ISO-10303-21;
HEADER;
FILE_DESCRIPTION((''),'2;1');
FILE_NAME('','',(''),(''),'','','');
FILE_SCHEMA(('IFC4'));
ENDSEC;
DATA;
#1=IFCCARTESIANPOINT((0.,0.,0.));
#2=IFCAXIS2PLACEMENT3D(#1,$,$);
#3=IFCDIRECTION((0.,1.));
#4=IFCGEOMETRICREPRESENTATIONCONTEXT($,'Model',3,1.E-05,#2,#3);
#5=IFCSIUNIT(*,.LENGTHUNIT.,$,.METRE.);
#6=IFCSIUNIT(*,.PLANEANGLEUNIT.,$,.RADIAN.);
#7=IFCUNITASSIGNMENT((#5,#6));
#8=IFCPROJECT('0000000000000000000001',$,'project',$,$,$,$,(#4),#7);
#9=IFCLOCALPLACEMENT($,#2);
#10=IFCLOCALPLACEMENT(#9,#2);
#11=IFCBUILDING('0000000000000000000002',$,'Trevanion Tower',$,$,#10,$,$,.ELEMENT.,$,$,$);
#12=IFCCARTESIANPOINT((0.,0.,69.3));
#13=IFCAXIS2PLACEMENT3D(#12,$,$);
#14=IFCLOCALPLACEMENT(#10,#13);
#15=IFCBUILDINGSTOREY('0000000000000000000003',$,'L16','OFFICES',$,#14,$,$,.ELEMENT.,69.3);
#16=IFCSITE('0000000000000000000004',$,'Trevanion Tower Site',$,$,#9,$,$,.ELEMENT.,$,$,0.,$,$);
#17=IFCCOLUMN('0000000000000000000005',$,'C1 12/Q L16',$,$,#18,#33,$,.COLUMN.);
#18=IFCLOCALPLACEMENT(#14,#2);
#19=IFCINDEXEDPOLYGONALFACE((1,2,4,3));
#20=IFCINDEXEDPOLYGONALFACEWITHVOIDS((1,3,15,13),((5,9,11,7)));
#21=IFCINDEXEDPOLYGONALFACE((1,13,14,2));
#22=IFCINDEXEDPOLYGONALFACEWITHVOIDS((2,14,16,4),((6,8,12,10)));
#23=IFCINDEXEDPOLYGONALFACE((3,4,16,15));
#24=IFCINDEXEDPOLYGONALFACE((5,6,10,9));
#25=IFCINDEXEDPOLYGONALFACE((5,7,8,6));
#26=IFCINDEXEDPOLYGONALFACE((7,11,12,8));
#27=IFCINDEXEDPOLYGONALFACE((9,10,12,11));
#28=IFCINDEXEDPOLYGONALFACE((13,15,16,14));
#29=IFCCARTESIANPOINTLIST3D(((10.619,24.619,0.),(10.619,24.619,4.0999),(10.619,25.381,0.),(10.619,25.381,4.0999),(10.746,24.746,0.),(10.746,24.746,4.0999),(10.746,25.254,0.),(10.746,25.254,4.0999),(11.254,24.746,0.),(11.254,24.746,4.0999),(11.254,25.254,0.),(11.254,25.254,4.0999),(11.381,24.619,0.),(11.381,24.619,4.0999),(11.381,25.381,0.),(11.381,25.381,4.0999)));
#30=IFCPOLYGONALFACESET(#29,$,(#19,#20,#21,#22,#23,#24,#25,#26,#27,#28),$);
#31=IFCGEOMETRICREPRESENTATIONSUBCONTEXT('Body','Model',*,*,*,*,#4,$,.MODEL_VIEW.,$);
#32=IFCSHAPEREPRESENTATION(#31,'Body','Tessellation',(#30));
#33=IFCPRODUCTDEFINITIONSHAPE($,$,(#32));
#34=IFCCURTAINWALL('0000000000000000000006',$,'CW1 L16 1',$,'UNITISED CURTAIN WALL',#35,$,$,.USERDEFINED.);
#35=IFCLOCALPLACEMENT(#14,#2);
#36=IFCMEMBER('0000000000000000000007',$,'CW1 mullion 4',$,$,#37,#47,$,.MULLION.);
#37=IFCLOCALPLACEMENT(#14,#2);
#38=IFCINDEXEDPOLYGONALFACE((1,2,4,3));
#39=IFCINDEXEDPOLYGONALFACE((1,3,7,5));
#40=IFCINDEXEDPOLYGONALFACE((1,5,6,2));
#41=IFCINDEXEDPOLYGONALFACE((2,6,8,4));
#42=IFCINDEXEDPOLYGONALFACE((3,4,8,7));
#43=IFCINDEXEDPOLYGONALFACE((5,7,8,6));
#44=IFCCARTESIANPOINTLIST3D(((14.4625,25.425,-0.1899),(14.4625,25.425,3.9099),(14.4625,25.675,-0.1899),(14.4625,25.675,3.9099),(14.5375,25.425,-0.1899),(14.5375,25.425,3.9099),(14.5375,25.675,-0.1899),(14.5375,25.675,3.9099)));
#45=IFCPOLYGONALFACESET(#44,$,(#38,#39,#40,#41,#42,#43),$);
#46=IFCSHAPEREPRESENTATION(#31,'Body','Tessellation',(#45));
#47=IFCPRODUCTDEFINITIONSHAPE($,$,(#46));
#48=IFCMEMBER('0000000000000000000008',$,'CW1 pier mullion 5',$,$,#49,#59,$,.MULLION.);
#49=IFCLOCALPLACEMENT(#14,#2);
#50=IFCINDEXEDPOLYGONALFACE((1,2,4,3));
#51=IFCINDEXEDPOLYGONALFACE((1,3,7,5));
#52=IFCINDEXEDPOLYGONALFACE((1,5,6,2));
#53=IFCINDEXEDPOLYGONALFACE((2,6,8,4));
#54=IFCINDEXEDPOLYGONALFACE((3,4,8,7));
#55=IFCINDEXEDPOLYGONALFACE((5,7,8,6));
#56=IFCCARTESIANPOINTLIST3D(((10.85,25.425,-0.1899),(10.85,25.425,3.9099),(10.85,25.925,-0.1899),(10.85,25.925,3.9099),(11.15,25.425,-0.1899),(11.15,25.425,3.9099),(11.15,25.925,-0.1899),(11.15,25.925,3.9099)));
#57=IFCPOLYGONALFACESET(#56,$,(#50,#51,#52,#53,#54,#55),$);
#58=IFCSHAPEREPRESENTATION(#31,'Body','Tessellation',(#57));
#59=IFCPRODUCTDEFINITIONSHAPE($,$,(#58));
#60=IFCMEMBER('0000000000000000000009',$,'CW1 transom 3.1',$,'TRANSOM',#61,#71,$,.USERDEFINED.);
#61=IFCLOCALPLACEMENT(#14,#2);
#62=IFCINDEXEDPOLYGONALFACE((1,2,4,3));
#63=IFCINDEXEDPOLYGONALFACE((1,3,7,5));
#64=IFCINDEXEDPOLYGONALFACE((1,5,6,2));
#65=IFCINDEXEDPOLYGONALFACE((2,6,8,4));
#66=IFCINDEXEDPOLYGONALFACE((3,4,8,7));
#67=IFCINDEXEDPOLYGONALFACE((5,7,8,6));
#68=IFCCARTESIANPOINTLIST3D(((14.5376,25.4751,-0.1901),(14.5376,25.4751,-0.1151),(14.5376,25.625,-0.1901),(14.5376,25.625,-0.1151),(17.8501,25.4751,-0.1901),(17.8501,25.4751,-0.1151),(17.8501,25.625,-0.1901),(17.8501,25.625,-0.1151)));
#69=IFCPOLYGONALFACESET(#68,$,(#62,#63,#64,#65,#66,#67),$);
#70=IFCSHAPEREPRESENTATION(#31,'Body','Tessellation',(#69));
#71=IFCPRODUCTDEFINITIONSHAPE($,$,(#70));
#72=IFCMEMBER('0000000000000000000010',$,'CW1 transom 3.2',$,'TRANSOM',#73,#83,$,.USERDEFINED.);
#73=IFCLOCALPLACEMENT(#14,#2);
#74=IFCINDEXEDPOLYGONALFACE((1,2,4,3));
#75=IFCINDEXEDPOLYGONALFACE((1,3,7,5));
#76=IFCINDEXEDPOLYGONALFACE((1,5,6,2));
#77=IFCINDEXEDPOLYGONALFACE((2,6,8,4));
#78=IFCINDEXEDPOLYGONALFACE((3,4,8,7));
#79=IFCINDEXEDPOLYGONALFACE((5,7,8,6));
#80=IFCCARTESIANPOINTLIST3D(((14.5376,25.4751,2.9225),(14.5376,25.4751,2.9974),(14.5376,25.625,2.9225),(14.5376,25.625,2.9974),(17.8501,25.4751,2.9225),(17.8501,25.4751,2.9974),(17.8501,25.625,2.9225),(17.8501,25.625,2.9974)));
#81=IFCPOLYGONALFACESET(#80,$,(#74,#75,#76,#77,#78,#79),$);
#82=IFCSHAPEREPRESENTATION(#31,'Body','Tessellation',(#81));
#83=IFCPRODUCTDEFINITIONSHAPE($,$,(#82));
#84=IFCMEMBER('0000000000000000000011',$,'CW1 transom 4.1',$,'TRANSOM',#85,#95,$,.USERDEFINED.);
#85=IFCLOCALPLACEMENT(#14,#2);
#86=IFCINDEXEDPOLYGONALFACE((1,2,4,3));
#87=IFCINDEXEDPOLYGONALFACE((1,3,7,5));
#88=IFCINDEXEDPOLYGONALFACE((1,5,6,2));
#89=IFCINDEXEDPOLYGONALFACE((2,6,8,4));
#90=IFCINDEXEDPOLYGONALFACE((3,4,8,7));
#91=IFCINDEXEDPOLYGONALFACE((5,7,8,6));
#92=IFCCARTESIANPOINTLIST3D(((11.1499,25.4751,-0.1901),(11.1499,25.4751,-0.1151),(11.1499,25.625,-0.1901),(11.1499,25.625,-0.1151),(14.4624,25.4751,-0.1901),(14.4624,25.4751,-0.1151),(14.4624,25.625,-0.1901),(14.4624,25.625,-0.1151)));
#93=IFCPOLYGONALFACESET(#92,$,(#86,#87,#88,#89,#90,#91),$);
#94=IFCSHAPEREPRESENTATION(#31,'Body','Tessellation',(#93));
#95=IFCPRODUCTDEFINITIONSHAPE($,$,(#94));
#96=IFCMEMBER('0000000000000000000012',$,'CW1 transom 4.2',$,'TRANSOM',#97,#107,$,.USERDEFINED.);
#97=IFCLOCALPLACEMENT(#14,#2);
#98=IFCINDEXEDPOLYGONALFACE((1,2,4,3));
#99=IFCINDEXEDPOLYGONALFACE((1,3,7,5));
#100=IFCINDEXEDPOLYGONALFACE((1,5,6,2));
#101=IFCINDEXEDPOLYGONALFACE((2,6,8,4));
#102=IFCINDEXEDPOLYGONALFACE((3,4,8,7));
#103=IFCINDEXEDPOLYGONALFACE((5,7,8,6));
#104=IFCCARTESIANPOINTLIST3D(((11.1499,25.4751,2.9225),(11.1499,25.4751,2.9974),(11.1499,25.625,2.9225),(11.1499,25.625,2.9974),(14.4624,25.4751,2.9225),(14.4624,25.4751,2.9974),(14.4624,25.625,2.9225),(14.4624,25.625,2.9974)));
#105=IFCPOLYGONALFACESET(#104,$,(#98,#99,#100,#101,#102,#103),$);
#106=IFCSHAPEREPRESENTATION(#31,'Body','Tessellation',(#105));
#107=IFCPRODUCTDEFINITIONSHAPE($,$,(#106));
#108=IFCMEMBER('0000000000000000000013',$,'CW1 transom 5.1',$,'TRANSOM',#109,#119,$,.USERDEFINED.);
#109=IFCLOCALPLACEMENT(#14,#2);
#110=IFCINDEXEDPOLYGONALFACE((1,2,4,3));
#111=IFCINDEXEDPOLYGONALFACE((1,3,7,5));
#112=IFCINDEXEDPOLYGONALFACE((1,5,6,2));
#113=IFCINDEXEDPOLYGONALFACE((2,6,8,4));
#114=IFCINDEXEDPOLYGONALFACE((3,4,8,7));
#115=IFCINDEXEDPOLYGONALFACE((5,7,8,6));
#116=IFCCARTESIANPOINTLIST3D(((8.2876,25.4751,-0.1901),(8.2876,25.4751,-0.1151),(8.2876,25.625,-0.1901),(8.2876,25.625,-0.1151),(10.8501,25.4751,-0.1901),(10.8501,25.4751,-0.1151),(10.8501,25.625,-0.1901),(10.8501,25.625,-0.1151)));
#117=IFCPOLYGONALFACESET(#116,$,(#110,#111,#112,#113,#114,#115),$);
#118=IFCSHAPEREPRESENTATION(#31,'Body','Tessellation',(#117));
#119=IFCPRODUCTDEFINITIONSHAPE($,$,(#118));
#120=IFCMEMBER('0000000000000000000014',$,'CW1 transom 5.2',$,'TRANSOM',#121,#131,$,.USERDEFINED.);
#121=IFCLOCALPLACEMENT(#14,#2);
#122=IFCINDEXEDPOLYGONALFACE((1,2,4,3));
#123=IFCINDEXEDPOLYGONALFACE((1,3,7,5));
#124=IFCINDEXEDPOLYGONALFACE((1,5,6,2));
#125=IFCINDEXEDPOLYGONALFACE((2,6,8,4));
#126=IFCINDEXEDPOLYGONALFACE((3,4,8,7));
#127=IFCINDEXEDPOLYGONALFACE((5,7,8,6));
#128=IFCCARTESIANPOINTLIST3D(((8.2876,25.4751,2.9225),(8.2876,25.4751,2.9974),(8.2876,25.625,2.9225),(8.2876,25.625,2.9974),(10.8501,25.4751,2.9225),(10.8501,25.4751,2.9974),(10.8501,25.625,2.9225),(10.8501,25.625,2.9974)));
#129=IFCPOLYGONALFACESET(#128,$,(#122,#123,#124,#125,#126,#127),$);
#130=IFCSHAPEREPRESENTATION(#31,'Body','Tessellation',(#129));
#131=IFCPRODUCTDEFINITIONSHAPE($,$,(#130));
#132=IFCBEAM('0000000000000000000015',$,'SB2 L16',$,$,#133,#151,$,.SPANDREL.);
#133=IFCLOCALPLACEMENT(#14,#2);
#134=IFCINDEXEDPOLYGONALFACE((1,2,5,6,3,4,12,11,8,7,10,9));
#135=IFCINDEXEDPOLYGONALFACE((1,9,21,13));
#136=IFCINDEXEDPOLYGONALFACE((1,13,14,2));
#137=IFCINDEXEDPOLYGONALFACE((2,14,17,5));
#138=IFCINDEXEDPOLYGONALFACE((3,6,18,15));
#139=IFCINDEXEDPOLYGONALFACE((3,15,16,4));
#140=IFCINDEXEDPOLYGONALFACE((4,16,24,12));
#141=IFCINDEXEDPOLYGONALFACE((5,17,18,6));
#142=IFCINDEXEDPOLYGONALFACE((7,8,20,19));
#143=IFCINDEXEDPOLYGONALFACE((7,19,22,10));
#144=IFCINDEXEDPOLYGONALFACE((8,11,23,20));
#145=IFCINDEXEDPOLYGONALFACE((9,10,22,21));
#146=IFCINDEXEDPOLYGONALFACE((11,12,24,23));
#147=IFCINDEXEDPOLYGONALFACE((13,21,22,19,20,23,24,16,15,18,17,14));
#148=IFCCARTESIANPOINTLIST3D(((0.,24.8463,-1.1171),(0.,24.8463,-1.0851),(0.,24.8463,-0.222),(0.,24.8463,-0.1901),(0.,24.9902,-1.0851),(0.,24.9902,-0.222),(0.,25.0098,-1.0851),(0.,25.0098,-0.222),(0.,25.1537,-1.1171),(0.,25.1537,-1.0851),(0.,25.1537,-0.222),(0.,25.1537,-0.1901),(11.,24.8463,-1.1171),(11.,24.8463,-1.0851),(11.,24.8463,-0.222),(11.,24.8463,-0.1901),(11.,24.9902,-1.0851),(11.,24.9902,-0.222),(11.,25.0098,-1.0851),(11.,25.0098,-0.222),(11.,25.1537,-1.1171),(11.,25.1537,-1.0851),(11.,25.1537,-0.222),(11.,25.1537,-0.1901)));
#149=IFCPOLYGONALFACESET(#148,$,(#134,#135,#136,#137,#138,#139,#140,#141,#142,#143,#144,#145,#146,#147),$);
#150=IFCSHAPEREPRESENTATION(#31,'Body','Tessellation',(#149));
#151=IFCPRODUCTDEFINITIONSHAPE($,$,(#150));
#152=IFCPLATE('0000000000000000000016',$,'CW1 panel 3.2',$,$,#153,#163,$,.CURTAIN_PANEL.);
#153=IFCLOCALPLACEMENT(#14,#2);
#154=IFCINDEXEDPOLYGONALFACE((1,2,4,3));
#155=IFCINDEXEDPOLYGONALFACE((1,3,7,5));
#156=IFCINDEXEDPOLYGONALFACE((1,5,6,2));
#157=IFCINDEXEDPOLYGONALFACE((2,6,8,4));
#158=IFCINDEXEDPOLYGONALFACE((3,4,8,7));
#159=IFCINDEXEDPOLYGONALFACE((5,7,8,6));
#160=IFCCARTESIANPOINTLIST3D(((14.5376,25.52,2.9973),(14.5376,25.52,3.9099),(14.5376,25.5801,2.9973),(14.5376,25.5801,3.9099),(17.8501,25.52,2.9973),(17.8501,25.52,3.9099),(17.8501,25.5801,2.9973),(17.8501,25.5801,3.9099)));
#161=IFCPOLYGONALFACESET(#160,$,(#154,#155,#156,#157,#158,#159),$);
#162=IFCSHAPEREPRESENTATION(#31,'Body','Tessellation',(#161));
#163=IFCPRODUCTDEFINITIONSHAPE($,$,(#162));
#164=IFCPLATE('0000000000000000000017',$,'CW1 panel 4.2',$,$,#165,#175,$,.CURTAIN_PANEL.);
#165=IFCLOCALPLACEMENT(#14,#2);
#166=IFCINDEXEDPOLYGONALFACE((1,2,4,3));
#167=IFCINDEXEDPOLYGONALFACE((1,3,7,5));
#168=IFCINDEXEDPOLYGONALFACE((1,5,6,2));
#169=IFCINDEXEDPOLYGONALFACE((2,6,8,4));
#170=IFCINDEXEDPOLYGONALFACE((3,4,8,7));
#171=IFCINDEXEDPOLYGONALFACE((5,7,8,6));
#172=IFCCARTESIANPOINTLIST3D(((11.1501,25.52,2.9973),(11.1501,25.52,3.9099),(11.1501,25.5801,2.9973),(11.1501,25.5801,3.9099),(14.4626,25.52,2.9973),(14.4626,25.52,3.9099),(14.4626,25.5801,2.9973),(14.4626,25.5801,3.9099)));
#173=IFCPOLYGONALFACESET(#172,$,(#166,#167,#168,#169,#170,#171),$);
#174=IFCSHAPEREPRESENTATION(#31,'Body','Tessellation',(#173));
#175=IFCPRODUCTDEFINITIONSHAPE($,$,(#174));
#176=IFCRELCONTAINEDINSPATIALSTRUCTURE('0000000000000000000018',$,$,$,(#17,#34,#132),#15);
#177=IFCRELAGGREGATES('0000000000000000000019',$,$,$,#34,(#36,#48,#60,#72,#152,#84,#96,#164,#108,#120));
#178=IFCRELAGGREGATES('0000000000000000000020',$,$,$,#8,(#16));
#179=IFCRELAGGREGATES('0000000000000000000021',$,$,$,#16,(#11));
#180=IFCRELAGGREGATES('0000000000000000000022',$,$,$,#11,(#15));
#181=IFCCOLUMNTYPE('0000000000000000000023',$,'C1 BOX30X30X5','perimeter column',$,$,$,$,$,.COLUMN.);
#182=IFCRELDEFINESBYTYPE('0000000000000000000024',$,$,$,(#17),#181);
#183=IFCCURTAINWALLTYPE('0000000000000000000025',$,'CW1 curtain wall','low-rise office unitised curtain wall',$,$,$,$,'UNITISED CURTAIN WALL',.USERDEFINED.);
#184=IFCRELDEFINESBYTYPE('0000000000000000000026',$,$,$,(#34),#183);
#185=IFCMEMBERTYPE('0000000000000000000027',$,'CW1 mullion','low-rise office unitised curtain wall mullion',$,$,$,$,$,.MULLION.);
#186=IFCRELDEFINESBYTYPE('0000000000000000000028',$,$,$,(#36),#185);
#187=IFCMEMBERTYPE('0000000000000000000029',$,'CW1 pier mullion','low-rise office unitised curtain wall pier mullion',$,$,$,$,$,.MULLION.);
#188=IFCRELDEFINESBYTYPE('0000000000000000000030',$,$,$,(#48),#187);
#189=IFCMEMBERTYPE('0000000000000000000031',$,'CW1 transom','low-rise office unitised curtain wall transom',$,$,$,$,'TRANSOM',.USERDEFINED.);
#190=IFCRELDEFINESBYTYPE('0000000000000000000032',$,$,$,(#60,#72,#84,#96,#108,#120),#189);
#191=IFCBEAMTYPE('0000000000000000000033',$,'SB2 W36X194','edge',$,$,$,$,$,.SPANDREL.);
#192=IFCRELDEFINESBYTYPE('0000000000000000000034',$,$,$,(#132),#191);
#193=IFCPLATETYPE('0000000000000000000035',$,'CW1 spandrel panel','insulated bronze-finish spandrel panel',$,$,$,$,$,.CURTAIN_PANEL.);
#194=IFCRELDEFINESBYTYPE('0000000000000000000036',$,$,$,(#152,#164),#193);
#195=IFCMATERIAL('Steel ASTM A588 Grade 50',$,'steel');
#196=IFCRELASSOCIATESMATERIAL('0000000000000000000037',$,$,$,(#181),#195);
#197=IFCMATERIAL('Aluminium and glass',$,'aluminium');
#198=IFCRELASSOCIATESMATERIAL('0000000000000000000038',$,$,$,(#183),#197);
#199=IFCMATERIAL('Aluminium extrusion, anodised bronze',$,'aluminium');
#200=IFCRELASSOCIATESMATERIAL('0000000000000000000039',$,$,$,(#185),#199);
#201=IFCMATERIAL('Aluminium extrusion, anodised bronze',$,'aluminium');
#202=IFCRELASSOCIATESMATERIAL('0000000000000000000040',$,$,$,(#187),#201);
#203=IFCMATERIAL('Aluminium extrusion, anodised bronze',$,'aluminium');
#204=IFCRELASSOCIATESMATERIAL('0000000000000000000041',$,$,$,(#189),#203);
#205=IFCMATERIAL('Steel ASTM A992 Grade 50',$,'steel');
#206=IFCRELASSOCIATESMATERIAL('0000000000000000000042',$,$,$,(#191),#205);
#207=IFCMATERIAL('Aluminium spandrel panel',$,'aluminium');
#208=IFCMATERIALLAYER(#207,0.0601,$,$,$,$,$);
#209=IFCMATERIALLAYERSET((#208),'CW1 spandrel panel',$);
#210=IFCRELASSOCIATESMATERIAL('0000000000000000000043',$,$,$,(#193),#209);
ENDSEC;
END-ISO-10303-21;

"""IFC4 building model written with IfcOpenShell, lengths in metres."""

from ifc_helpers import new_model, si_unit, direction, frame, origin, origin_2d, place, context, subcontext, project, spatial, rectangle, hollow_rectangle, i_section, extrude, material, layer, layer_set, material_profile, profile_set, type_object, element, aggregate, save


model = new_model("IFC4")

# Units and contexts
model_context = context("Model", 3, precision=1e-05, world=origin(), true_north=direction((0.0, 1.0)))
body_context = subcontext(model_context, "Body", "Model", "MODEL_VIEW")
ifc_project = project(units=[si_unit("LENGTHUNIT", "METRE"), si_unit("PLANEANGLEUNIT", "RADIAN")], contexts=[model_context])

# Site, building, storey
site_placement = place(None, origin())
site = spatial("IfcSite", under=ifc_project, at=site_placement, Name="Trevanion Tower Site", CompositionType="ELEMENT", RefElevation=0.0)
building_placement = place(site_placement, origin())
building = spatial("IfcBuilding", under=site, at=building_placement, Name="Trevanion Tower", CompositionType="ELEMENT")
storey_placement = place(building_placement, frame((0.0, 0.0, 69.3)))
storey = spatial("IfcBuildingStorey", under=building, at=storey_placement, Name="L16", Description="OFFICES", CompositionType="ELEMENT", Elevation=69.3)

# Column
ifc_material_1 = material(Name="Steel ASTM A588 Grade 50", Category="steel")
ifc_material_profile_1 = material_profile(ifc_material_1, hollow_rectangle(XDim=0.762, YDim=0.762, WallThickness=0.127, at=origin_2d()), Name="BOX30X30X5")
ifc_profile_set_1 = profile_set([ifc_material_profile_1], Name="Steel ASTM A588 Grade 50")
column_type = type_object("IfcColumnType", Name="C1 BOX30X30X5", Description="perimeter column", PredefinedType="COLUMN", material=ifc_profile_set_1)
column_placement = place(storey_placement, frame((11.0, 25.0, 0.0), z_axis=(0.0, 0.0, 1.0), x_axis=(1.0, 0.0, 0.0)))
element("IfcColumn", 1, at=column_placement, inside=storey, type_object=column_type, Name="C1 12/Q L16", PredefinedType="COLUMN", context=body_context, shape_type="SweptSolid", body=[
    extrude(hollow_rectangle(XDim=0.762, YDim=0.762, WallThickness=0.127, at=origin_2d()), origin(), (0.0, 0.0, 1.0), 4.0999),
])

# Curtain wall, members
ifc_material_2 = material(Name="Aluminium and glass", Category="aluminium")
curtain_wall_type = type_object("IfcCurtainWallType", Name="CW1 curtain wall", Description="low-rise office unitised curtain wall", ElementType="UNITISED CURTAIN WALL", PredefinedType="USERDEFINED", material=ifc_material_2)
curtain_wall_placement = place(storey_placement, origin())
curtain_wall = element("IfcCurtainWall", 2, at=curtain_wall_placement, inside=storey, type_object=curtain_wall_type, Name="CW1 L16 1", ObjectType="UNITISED CURTAIN WALL", PredefinedType="USERDEFINED")
ifc_material_3 = material(Name="Aluminium extrusion, anodised bronze", Category="aluminium")
ifc_material_profile_2 = material_profile(ifc_material_3, rectangle(XDim=0.075, YDim=0.25, at=origin_2d()), Name="CW1 mullion")
ifc_profile_set_2 = profile_set([ifc_material_profile_2], Name="Aluminium extrusion, anodised bronze")
member_type_1 = type_object("IfcMemberType", Name="CW1 mullion", Description="low-rise office unitised curtain wall mullion", PredefinedType="MULLION", material=ifc_profile_set_2)
member_1_placement = place(storey_placement, frame((14.5, 25.55, -0.1899), z_axis=(0.0, 0.0, 1.0), x_axis=(-1.0, 0.0, 0.0)))
member_1 = element("IfcMember", 3, at=member_1_placement, type_object=member_type_1, Name="CW1 mullion 4", PredefinedType="MULLION", context=body_context, shape_type="SweptSolid", body=[
    extrude(rectangle(XDim=0.075, YDim=0.25, at=origin_2d()), origin(), (0.0, 0.0, 1.0), 4.0999),
])
ifc_material_4 = material(Name="Aluminium extrusion, anodised bronze", Category="aluminium")
ifc_material_profile_3 = material_profile(ifc_material_4, rectangle(XDim=0.3, YDim=0.5, at=origin_2d()), Name="CW1 pier mullion")
ifc_profile_set_3 = profile_set([ifc_material_profile_3], Name="Aluminium extrusion, anodised bronze")
member_type_2 = type_object("IfcMemberType", Name="CW1 pier mullion", Description="low-rise office unitised curtain wall pier mullion", PredefinedType="MULLION", material=ifc_profile_set_3)
member_2_placement = place(storey_placement, frame((11.0, 25.675, -0.1899), z_axis=(0.0, 0.0, 1.0), x_axis=(-1.0, 0.0, 0.0)))
member_2 = element("IfcMember", 4, at=member_2_placement, type_object=member_type_2, Name="CW1 pier mullion 5", PredefinedType="MULLION", context=body_context, shape_type="SweptSolid", body=[
    extrude(rectangle(XDim=0.3, YDim=0.5, at=origin_2d()), origin(), (0.0, 0.0, 1.0), 4.0999),
])
ifc_material_5 = material(Name="Aluminium extrusion, anodised bronze", Category="aluminium")
ifc_material_profile_4 = material_profile(ifc_material_5, rectangle(XDim=0.1499, YDim=0.075, at=origin_2d()), Name="CW1 transom")
ifc_profile_set_4 = profile_set([ifc_material_profile_4], Name="Aluminium extrusion, anodised bronze")
member_type_3 = type_object("IfcMemberType", Name="CW1 transom", Description="low-rise office unitised curtain wall transom", ElementType="TRANSOM", PredefinedType="USERDEFINED", material=ifc_profile_set_4)
member_3_placement = place(storey_placement, frame((17.8501, 25.55, -0.1526), z_axis=(-1.0, 0.0, 0.0), x_axis=(0.0, -1.0, 0.0)))
member_3 = element("IfcMember", 5, at=member_3_placement, type_object=member_type_3, Name="CW1 transom 3.1", ObjectType="TRANSOM", PredefinedType="USERDEFINED", context=body_context, shape_type="SweptSolid", body=[
    extrude(rectangle(XDim=0.1499, YDim=0.075, at=origin_2d()), origin(), (0.0, 0.0, 1.0), 3.3125),
])
member_4_placement = place(storey_placement, frame((17.8501, 25.55, 2.96), z_axis=(-1.0, 0.0, 0.0), x_axis=(0.0, -1.0, 0.0)))
member_4 = element("IfcMember", 6, at=member_4_placement, type_object=member_type_3, Name="CW1 transom 3.2", ObjectType="TRANSOM", PredefinedType="USERDEFINED", context=body_context, shape_type="SweptSolid", body=[
    extrude(rectangle(XDim=0.1499, YDim=0.075, at=origin_2d()), origin(), (0.0, 0.0, 1.0), 3.3125),
])
member_5_placement = place(storey_placement, frame((14.4624, 25.55, -0.1526), z_axis=(-1.0, 0.0, 0.0), x_axis=(0.0, -1.0, 0.0)))
member_5 = element("IfcMember", 7, at=member_5_placement, type_object=member_type_3, Name="CW1 transom 4.1", ObjectType="TRANSOM", PredefinedType="USERDEFINED", context=body_context, shape_type="SweptSolid", body=[
    extrude(rectangle(XDim=0.1499, YDim=0.075, at=origin_2d()), origin(), (0.0, 0.0, 1.0), 3.3125),
])
member_6_placement = place(storey_placement, frame((14.4624, 25.55, 2.96), z_axis=(-1.0, 0.0, 0.0), x_axis=(0.0, -1.0, 0.0)))
member_6 = element("IfcMember", 8, at=member_6_placement, type_object=member_type_3, Name="CW1 transom 4.2", ObjectType="TRANSOM", PredefinedType="USERDEFINED", context=body_context, shape_type="SweptSolid", body=[
    extrude(rectangle(XDim=0.1499, YDim=0.075, at=origin_2d()), origin(), (0.0, 0.0, 1.0), 3.3125),
])
member_7_placement = place(storey_placement, frame((10.8501, 25.55, -0.1526), z_axis=(-1.0, 0.0, 0.0), x_axis=(0.0, -1.0, 0.0)))
member_7 = element("IfcMember", 9, at=member_7_placement, type_object=member_type_3, Name="CW1 transom 5.1", ObjectType="TRANSOM", PredefinedType="USERDEFINED", context=body_context, shape_type="SweptSolid", body=[
    extrude(rectangle(XDim=0.1499, YDim=0.075, at=origin_2d()), origin(), (0.0, 0.0, 1.0), 2.5625),
])
member_8_placement = place(storey_placement, frame((10.8501, 25.55, 2.96), z_axis=(-1.0, 0.0, 0.0), x_axis=(0.0, -1.0, 0.0)))
member_8 = element("IfcMember", 10, at=member_8_placement, type_object=member_type_3, Name="CW1 transom 5.2", ObjectType="TRANSOM", PredefinedType="USERDEFINED", context=body_context, shape_type="SweptSolid", body=[
    extrude(rectangle(XDim=0.1499, YDim=0.075, at=origin_2d()), origin(), (0.0, 0.0, 1.0), 2.5625),
])

# Beam
ifc_material_6 = material(Name="Steel ASTM A992 Grade 50", Category="steel")
ifc_material_profile_5 = material_profile(ifc_material_6, i_section(OverallWidth=0.3074, OverallDepth=0.927, WebThickness=0.0195, FlangeThickness=0.032, at=origin_2d()), Name="W36X194")
ifc_profile_set_5 = profile_set([ifc_material_profile_5], Name="Steel ASTM A992 Grade 50")
beam_type = type_object("IfcBeamType", Name="SB2 W36X194", Description="edge", PredefinedType="SPANDREL", material=ifc_profile_set_5)
beam_placement = place(storey_placement, frame((11.0, 25.0, -0.6536), z_axis=(-1.0, 0.0, 0.0), x_axis=(0.0, -1.0, 0.0)))
element("IfcBeam", 11, at=beam_placement, inside=storey, type_object=beam_type, Name="SB2 L16", PredefinedType="SPANDREL", context=body_context, shape_type="SweptSolid", body=[
    extrude(i_section(OverallWidth=0.3074, OverallDepth=0.927, WebThickness=0.0195, FlangeThickness=0.032, at=origin_2d()), origin(), (0.0, 0.0, 1.0), 11.0),
])

# Plates
ifc_material_7 = material(Name="Aluminium spandrel panel", Category="aluminium")
ifc_layer_1 = layer(ifc_material_7, 0.0601)
ifc_layer_set_1 = layer_set([ifc_layer_1], Name="CW1 spandrel panel")
plate_type_1 = type_object("IfcPlateType", Name="CW1 spandrel panel", Description="insulated bronze-finish spandrel panel", PredefinedType="CURTAIN_PANEL", material=ifc_layer_set_1)
plate_1_placement = place(storey_placement, frame((16.1938, 25.55, 2.9973), z_axis=(0.0, 0.0, 1.0), x_axis=(-1.0, 0.0, 0.0)))
plate_1 = element("IfcPlate", 12, at=plate_1_placement, type_object=plate_type_1, Name="CW1 panel 3.2", PredefinedType="CURTAIN_PANEL", context=body_context, shape_type="SweptSolid", body=[
    extrude(rectangle(XDim=3.3125, YDim=0.0601, at=origin_2d()), origin(), (0.0, 0.0, 1.0), 0.9126),
])
plate_2_placement = place(storey_placement, frame((12.8064, 25.55, 2.9973), z_axis=(0.0, 0.0, 1.0), x_axis=(-1.0, 0.0, 0.0)))
plate_2 = element("IfcPlate", 13, at=plate_2_placement, type_object=plate_type_1, Name="CW1 panel 4.2", PredefinedType="CURTAIN_PANEL", context=body_context, shape_type="SweptSolid", body=[
    extrude(rectangle(XDim=3.3125, YDim=0.0601, at=origin_2d()), origin(), (0.0, 0.0, 1.0), 0.9126),
])
aggregate(curtain_wall, [member_1, member_2, member_3, member_4, plate_1, member_5, member_6, plate_2, member_7, member_8])

save(model, "model.ifc")
